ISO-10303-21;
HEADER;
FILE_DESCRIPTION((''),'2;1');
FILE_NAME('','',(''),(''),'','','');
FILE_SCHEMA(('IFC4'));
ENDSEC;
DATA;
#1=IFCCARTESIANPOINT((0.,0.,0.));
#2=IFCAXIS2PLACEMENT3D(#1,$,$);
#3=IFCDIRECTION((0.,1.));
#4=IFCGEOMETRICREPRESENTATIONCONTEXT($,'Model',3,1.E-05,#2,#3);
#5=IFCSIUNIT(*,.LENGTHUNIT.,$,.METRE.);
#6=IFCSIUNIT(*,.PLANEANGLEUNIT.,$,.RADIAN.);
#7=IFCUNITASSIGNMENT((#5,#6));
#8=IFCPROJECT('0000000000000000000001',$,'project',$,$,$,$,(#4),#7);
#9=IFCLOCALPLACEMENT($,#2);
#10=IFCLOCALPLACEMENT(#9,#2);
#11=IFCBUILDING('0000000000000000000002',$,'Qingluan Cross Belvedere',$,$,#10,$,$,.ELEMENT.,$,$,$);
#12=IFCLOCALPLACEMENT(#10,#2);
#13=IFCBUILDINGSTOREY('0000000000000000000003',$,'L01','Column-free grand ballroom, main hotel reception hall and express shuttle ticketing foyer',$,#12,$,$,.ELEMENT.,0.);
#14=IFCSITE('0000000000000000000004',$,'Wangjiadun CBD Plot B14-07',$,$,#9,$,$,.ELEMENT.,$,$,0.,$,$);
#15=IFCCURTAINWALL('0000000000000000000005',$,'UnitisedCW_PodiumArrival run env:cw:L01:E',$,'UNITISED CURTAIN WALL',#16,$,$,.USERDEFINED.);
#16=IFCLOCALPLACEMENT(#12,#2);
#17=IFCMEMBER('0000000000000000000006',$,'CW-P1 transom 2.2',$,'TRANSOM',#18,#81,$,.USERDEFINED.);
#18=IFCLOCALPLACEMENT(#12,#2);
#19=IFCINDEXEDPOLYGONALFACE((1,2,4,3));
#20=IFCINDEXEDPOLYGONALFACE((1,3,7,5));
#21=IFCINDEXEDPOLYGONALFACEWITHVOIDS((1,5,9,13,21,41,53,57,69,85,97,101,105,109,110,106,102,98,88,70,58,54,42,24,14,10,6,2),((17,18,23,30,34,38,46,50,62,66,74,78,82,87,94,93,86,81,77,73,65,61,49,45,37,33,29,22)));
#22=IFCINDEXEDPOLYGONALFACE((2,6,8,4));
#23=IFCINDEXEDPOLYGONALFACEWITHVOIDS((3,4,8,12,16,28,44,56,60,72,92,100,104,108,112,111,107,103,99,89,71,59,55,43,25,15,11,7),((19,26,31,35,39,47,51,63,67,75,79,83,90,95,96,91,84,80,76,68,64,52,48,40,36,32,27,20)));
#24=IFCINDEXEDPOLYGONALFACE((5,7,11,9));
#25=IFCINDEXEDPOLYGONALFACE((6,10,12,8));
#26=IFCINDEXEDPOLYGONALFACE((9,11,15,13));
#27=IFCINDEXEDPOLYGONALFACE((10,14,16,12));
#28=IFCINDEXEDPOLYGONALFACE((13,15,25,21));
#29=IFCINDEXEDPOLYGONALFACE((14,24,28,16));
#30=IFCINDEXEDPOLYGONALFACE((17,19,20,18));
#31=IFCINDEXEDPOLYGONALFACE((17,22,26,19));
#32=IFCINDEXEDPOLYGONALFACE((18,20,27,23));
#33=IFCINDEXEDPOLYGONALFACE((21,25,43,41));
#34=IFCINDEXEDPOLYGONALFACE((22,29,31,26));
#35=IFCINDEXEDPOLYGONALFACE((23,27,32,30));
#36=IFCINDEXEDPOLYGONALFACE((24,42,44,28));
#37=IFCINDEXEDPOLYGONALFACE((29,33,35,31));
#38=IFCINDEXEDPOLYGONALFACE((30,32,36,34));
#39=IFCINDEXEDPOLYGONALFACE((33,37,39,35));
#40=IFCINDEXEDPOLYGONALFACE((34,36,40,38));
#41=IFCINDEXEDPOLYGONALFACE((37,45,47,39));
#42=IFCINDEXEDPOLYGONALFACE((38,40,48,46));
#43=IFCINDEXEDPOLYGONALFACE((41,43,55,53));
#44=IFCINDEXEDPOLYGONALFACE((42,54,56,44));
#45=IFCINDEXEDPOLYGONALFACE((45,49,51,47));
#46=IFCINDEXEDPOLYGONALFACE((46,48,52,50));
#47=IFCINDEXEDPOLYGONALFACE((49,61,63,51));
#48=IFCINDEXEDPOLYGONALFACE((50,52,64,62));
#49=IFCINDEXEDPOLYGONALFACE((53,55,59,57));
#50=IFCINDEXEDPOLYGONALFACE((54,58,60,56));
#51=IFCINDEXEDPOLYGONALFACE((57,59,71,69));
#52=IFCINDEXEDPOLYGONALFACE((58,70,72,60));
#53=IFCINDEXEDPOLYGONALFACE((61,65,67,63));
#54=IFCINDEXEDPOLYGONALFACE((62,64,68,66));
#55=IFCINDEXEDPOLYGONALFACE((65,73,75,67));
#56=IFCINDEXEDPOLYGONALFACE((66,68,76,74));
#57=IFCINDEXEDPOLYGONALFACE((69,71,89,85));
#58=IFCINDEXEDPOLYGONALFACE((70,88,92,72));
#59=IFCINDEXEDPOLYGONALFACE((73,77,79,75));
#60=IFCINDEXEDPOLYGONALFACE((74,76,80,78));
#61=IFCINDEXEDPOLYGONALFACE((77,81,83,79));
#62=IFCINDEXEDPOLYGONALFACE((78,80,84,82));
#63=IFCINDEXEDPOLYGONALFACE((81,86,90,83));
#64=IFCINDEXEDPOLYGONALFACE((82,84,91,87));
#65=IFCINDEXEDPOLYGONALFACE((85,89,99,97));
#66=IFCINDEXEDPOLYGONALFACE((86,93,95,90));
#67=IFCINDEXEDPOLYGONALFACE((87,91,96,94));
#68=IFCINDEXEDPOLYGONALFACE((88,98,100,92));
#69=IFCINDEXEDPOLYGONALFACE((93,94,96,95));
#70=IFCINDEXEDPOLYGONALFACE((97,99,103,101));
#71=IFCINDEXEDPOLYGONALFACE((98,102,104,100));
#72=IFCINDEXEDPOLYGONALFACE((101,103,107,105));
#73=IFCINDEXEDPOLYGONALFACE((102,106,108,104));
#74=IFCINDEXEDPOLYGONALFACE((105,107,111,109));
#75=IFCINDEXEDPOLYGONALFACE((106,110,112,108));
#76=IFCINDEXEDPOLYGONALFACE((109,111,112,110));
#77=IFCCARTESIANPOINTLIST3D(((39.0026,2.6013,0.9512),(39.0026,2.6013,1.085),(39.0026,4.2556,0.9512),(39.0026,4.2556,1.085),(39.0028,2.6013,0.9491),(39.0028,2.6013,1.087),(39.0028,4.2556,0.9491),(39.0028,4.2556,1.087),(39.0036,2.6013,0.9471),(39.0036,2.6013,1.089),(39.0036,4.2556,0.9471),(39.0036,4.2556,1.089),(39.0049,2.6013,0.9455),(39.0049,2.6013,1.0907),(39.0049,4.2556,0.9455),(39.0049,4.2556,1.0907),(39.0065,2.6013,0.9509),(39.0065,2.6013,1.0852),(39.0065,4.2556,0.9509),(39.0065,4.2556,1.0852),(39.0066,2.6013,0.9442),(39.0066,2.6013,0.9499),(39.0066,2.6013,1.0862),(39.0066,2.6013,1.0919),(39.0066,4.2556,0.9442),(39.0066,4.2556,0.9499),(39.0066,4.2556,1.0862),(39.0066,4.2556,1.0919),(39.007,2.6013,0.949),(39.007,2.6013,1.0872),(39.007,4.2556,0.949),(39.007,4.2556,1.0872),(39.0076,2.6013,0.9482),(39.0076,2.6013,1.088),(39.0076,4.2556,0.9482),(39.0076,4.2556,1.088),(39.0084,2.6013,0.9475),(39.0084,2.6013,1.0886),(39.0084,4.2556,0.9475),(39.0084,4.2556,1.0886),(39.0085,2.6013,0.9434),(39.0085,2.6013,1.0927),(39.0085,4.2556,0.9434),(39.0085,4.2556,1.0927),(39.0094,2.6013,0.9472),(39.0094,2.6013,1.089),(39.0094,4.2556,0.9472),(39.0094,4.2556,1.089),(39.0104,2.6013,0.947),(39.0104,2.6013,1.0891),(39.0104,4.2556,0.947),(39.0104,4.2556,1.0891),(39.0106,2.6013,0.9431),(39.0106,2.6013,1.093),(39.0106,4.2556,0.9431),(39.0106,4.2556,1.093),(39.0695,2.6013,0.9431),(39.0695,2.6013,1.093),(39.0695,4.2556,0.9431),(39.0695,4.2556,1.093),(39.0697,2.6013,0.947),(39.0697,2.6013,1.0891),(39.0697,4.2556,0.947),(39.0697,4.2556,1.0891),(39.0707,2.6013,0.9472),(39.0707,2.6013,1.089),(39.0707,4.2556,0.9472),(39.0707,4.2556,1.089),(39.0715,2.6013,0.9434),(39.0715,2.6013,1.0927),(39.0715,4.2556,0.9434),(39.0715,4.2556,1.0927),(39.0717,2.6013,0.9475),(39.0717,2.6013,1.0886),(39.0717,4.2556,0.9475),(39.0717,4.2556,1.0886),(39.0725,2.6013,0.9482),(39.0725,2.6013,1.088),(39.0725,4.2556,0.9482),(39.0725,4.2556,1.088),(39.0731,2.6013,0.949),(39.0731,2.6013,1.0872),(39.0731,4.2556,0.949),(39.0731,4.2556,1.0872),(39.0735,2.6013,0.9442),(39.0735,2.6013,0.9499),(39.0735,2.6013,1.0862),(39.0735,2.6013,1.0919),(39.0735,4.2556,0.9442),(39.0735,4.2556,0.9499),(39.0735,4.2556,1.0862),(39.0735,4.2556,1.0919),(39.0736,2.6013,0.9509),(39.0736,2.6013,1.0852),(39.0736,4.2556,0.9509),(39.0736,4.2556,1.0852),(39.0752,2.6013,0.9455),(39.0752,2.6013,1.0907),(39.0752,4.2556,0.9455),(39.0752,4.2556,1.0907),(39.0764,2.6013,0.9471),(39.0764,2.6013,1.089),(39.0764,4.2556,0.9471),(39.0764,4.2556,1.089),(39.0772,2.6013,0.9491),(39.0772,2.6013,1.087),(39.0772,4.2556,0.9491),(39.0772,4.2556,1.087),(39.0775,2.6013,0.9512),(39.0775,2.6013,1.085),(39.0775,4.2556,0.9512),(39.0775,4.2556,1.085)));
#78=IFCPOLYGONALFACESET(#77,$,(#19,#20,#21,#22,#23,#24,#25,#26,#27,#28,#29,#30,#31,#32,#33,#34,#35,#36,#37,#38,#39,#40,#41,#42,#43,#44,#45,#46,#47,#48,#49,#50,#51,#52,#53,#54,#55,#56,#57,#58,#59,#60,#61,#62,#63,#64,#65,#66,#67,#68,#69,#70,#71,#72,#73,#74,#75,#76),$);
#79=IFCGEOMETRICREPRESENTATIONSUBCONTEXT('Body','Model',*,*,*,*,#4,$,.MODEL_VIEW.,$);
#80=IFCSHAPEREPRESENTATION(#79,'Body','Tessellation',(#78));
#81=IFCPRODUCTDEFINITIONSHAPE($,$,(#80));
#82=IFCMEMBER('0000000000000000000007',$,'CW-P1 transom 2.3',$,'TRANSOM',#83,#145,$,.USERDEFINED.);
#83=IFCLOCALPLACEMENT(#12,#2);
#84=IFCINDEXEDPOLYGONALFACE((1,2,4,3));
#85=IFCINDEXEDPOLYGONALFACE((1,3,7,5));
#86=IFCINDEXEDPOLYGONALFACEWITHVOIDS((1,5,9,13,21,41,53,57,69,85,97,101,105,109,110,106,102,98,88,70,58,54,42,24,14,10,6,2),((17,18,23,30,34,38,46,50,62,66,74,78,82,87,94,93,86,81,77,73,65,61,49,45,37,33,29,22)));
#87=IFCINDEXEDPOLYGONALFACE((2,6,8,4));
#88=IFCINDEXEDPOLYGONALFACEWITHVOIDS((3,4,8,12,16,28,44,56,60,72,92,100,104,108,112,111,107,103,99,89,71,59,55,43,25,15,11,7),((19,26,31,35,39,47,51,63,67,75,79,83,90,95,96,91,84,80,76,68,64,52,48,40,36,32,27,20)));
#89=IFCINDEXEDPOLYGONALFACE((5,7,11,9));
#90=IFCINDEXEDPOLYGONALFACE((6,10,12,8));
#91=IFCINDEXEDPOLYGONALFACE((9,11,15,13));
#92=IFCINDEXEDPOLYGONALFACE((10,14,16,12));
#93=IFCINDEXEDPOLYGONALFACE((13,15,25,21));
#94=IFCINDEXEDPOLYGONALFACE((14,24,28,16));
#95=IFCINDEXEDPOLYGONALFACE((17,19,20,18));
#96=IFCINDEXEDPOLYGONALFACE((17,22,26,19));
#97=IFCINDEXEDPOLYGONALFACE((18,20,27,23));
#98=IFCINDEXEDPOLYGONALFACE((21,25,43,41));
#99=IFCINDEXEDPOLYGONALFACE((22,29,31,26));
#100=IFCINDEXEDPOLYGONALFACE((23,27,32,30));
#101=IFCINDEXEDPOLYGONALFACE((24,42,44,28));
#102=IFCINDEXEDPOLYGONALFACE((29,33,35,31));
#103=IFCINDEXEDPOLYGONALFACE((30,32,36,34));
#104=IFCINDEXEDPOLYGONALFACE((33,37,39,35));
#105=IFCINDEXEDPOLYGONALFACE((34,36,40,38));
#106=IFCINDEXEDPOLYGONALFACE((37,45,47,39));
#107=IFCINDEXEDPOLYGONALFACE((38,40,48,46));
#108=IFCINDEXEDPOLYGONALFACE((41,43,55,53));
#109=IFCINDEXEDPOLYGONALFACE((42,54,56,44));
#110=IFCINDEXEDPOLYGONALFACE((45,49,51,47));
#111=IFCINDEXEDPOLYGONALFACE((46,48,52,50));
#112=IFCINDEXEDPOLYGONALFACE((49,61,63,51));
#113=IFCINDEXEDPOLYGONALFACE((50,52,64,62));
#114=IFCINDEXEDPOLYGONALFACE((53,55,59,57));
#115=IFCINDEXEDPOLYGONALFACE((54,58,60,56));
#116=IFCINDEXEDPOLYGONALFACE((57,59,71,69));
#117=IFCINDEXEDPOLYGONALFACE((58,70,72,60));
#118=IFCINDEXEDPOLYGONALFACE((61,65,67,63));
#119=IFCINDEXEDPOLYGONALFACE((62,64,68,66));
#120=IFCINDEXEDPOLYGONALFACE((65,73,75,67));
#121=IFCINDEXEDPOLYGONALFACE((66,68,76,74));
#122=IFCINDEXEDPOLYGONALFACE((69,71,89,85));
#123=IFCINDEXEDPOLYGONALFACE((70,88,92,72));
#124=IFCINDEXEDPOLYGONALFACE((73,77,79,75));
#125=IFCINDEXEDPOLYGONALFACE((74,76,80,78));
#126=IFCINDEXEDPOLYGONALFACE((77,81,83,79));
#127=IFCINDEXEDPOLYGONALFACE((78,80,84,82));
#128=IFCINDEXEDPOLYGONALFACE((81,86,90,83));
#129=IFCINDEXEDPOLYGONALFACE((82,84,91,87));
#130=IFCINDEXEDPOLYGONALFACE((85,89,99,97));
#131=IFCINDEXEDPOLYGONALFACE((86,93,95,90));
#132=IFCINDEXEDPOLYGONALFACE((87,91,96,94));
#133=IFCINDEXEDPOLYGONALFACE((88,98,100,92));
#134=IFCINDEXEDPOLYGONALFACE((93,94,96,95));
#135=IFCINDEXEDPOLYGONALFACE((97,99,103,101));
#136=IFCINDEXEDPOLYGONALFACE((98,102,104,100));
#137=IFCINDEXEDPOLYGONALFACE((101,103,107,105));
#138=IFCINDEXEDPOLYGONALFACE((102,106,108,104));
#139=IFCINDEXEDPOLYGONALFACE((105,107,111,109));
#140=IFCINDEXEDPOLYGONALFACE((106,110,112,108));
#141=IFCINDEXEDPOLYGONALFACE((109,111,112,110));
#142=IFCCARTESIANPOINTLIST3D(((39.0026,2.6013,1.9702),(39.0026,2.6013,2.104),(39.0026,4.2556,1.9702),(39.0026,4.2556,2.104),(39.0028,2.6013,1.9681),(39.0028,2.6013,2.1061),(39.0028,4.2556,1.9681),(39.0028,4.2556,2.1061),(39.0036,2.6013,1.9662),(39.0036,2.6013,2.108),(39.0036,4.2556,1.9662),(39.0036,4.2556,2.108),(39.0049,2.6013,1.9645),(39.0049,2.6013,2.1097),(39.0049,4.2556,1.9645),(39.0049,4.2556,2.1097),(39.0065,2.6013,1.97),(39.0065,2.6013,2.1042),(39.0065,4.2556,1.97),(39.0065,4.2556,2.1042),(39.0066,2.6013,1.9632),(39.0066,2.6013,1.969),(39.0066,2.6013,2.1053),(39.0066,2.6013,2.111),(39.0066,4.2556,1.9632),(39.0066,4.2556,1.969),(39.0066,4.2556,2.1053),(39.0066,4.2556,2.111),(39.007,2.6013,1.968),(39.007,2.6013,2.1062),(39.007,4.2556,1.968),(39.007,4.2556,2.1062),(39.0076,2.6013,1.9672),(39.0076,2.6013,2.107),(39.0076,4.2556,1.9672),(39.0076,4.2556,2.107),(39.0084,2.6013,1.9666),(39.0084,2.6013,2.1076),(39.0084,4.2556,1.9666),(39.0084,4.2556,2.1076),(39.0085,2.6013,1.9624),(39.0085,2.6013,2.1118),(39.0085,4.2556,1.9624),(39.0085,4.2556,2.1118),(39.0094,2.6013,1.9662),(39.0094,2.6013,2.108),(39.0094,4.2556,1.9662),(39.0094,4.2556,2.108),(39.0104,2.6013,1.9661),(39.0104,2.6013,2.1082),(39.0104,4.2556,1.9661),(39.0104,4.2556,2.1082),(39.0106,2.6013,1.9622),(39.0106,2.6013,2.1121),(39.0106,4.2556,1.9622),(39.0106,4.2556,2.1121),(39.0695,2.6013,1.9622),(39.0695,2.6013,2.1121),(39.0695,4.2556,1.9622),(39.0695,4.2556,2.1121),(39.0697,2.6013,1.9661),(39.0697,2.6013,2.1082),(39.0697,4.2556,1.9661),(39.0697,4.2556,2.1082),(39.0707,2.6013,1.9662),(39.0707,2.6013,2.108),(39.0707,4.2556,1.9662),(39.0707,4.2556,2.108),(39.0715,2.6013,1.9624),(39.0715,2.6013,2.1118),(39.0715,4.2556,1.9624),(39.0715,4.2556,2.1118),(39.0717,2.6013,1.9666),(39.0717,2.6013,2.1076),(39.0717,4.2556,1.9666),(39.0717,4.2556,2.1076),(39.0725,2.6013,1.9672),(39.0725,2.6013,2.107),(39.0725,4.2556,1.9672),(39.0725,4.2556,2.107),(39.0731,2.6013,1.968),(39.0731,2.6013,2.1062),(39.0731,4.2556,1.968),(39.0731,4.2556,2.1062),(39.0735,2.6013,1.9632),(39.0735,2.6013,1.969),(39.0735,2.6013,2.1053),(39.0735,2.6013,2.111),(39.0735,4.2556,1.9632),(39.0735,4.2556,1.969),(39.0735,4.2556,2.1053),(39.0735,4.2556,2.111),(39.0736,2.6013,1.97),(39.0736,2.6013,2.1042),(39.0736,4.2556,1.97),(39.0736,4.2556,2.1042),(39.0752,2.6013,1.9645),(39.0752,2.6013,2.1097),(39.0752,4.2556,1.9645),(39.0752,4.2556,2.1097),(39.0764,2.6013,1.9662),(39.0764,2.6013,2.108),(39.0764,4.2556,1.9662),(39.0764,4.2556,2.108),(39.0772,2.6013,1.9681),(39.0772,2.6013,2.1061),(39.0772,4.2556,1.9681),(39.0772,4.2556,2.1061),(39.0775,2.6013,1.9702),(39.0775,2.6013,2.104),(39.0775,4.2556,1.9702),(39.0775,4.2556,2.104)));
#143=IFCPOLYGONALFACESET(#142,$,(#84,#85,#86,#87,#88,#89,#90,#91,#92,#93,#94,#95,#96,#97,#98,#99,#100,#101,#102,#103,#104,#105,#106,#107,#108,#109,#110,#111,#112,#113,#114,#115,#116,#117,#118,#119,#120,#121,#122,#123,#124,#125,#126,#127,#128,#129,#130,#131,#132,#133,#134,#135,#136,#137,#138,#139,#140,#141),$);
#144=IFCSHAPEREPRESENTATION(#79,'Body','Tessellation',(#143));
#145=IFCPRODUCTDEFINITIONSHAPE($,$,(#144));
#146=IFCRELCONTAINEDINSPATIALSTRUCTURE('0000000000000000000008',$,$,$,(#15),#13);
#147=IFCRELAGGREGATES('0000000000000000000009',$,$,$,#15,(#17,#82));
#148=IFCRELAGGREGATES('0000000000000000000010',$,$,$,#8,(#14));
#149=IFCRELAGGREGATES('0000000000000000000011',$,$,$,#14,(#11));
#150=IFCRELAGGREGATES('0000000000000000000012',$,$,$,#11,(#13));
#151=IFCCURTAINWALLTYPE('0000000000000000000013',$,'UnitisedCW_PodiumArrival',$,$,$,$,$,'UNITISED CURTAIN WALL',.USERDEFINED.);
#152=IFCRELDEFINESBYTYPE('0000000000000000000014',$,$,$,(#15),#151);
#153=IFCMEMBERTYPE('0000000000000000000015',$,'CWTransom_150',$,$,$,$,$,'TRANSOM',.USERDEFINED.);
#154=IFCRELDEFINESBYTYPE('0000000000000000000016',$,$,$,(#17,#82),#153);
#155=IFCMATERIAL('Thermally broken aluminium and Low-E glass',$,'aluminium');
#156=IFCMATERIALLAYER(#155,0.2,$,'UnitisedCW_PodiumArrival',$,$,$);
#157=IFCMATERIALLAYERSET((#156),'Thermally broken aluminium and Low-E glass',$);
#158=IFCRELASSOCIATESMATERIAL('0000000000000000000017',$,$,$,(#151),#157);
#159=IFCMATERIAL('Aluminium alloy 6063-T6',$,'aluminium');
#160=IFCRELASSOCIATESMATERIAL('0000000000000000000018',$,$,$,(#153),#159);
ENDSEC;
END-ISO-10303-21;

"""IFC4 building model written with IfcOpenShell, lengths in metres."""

from ifc_helpers import new_model, si_unit, direction, frame, origin, origin_2d, place, context, subcontext, project, spatial, hollow_rectangle, extrude, material, layer, layer_set, material_profile, profile_set, type_object, element, aggregate, save


model = new_model("IFC4")

# Units and contexts
model_context = context("Model", 3, precision=1e-05, world=origin(), true_north=direction((0.0, 1.0)))
body_context = subcontext(model_context, "Body", "Model", "MODEL_VIEW")
ifc_project = project(units=[si_unit("LENGTHUNIT", "METRE"), si_unit("PLANEANGLEUNIT", "RADIAN")], contexts=[model_context])

# Site, building, storey
site_placement = place(None, origin())
site = spatial("IfcSite", under=ifc_project, at=site_placement, Name="Wangjiadun CBD Plot B14-07", CompositionType="ELEMENT", RefElevation=0.0)
building_placement = place(site_placement, origin())
building = spatial("IfcBuilding", under=site, at=building_placement, Name="Qingluan Cross Belvedere", CompositionType="ELEMENT")
storey_placement = place(building_placement, origin())
storey = spatial("IfcBuildingStorey", under=building, at=storey_placement, Name="L01", Description="Column-free grand ballroom, main hotel reception hall and express shuttle ticketing foyer", CompositionType="ELEMENT", Elevation=0.0)

# Curtain wall, members
ifc_material_1 = material(Name="Thermally broken aluminium and Low-E glass", Category="aluminium")
ifc_layer_1 = layer(ifc_material_1, 0.2, Name="UnitisedCW_PodiumArrival")
ifc_layer_set_1 = layer_set([ifc_layer_1], Name="Thermally broken aluminium and Low-E glass")
curtain_wall_type = type_object("IfcCurtainWallType", Name="UnitisedCW_PodiumArrival", ElementType="UNITISED CURTAIN WALL", PredefinedType="USERDEFINED", material=ifc_layer_set_1)
curtain_wall_placement = place(storey_placement, origin())
curtain_wall = element("IfcCurtainWall", 1, at=curtain_wall_placement, inside=storey, type_object=curtain_wall_type, Name="UnitisedCW_PodiumArrival run env:cw:L01:E", ObjectType="UNITISED CURTAIN WALL", PredefinedType="USERDEFINED")
ifc_material_2 = material(Name="Aluminium alloy 6063-T6", Category="aluminium")
ifc_material_profile_1 = material_profile(ifc_material_2, hollow_rectangle(XDim=0.075, YDim=0.1499, WallThickness=0.0039, InnerFilletRadius=0.0039, OuterFilletRadius=0.0081, at=origin_2d()), Name="CWT150x75x4")
ifc_profile_set_1 = profile_set([ifc_material_profile_1], Name="Aluminium alloy 6063-T6")
member_type_1 = type_object("IfcMemberType", Name="CWTransom_150", ElementType="TRANSOM", PredefinedType="USERDEFINED", material=ifc_profile_set_1)
member_1_placement = place(storey_placement, frame((39.04, 4.2556, 1.0181), z_axis=(0.0, -1.0, 0.0), x_axis=(1.0, 0.0, 0.0)))
member_1 = element("IfcMember", 2, at=member_1_placement, type_object=member_type_1, Name="CW-P1 transom 2.2", ObjectType="TRANSOM", PredefinedType="USERDEFINED", context=body_context, shape_type="SweptSolid", body=[
    extrude(hollow_rectangle(XDim=0.075, YDim=0.1499, WallThickness=0.0039, InnerFilletRadius=0.0039, OuterFilletRadius=0.0081, at=origin_2d()), origin(), (0.0, 0.0, 1.0), 1.6543),
])
member_2_placement = place(storey_placement, frame((39.04, 4.2556, 2.0371), z_axis=(0.0, -1.0, 0.0), x_axis=(1.0, 0.0, 0.0)))
member_2 = element("IfcMember", 3, at=member_2_placement, type_object=member_type_1, Name="CW-P1 transom 2.3", ObjectType="TRANSOM", PredefinedType="USERDEFINED", context=body_context, shape_type="SweptSolid", body=[
    extrude(hollow_rectangle(XDim=0.075, YDim=0.1499, WallThickness=0.0039, InnerFilletRadius=0.0039, OuterFilletRadius=0.0081, at=origin_2d()), origin(), (0.0, 0.0, 1.0), 1.6543),
])
aggregate(curtain_wall, [member_1, member_2])

save(model, "model.ifc")
